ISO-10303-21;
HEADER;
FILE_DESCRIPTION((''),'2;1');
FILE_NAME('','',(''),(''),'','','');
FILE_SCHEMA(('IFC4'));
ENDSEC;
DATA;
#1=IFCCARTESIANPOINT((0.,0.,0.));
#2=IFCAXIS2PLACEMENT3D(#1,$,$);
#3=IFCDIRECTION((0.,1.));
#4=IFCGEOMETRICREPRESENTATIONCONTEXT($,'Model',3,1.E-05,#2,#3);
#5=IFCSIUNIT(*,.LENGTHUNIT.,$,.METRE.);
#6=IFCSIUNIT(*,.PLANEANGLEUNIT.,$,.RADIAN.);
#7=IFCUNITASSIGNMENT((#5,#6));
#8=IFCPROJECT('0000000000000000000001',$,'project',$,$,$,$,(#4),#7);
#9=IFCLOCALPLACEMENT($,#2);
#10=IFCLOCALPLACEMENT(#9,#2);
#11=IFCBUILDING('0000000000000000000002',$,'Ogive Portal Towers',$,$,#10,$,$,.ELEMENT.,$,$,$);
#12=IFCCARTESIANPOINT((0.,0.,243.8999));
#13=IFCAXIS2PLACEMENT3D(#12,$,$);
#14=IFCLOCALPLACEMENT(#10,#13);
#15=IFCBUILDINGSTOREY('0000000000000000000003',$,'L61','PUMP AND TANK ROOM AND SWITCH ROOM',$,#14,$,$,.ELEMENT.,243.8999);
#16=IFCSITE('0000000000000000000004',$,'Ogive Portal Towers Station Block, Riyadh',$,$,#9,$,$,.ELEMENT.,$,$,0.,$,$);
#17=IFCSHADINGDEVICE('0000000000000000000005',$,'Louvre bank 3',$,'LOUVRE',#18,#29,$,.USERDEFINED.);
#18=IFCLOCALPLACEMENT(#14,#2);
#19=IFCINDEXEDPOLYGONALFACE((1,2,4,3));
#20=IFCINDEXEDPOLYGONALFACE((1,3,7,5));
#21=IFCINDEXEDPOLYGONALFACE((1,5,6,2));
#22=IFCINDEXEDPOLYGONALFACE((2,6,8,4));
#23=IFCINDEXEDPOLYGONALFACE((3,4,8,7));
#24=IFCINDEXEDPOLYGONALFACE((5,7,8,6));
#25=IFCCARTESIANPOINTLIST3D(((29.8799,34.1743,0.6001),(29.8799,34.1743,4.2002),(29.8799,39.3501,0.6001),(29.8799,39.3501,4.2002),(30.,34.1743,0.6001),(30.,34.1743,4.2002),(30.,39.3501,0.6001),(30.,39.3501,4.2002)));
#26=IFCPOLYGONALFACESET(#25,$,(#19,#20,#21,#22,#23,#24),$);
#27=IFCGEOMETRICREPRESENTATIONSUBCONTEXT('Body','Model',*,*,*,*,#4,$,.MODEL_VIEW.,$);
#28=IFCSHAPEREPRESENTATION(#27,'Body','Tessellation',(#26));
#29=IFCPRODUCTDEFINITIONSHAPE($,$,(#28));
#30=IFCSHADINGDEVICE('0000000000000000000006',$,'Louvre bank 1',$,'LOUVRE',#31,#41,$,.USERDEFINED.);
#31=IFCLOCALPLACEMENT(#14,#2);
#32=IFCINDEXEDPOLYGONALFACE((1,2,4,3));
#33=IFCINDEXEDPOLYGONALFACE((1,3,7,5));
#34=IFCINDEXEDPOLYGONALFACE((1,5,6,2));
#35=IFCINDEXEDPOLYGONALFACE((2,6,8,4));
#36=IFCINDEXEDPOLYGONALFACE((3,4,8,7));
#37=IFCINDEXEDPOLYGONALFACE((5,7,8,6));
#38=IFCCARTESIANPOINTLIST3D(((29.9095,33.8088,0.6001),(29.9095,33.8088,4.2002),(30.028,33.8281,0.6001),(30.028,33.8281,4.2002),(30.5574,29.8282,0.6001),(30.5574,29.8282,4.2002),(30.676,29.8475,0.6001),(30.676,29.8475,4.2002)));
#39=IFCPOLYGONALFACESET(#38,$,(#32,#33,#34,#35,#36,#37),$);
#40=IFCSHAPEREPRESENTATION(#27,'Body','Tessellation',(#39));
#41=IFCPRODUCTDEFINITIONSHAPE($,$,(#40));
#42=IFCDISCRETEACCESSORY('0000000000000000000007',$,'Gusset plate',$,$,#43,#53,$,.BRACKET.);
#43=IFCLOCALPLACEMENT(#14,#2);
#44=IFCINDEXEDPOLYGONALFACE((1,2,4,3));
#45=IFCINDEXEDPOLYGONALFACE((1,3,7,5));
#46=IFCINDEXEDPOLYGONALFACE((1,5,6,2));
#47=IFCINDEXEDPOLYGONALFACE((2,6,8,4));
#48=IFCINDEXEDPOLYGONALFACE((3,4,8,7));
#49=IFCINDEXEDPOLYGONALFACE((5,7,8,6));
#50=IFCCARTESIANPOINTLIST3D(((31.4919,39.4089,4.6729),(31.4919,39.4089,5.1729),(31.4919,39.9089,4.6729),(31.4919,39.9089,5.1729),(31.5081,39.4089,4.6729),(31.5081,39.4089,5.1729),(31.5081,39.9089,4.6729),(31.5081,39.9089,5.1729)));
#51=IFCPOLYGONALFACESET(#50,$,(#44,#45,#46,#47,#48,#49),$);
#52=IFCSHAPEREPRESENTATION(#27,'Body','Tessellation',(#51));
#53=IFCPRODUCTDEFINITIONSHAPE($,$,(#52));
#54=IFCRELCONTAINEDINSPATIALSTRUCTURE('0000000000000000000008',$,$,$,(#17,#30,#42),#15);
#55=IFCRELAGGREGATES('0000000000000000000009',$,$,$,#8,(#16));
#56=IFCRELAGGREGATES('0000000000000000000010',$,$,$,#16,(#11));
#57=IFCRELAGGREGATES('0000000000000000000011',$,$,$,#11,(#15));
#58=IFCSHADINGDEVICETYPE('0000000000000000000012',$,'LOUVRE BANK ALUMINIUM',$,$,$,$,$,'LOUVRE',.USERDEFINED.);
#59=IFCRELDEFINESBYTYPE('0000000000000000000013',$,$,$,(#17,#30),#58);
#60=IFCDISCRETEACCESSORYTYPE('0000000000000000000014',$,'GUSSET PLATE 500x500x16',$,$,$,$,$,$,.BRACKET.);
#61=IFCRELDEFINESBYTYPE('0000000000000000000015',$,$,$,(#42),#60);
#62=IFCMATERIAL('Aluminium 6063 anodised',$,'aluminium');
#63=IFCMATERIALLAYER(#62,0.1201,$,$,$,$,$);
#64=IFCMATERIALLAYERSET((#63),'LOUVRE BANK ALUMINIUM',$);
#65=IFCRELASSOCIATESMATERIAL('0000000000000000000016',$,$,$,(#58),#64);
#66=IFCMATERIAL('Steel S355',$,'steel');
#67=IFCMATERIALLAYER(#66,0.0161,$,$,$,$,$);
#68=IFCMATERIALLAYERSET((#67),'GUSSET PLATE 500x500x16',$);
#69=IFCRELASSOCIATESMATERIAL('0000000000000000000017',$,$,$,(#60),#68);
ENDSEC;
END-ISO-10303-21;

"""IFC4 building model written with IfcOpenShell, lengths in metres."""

from ifc_helpers import new_model, si_unit, direction, frame, origin, origin_2d, place, context, subcontext, project, spatial, rectangle, extrude, material, layer, layer_set, type_object, element, save


model = new_model("IFC4")

# Units and contexts
model_context = context("Model", 3, precision=1e-05, world=origin(), true_north=direction((0.0, 1.0)))
body_context = subcontext(model_context, "Body", "Model", "MODEL_VIEW")
ifc_project = project(units=[si_unit("LENGTHUNIT", "METRE"), si_unit("PLANEANGLEUNIT", "RADIAN")], contexts=[model_context])

# Site, building, storey
site_placement = place(None, origin())
site = spatial("IfcSite", under=ifc_project, at=site_placement, Name="Ogive Portal Towers Station Block, Riyadh", CompositionType="ELEMENT", RefElevation=0.0)
building_placement = place(site_placement, origin())
building = spatial("IfcBuilding", under=site, at=building_placement, Name="Ogive Portal Towers", CompositionType="ELEMENT")
storey_placement = place(building_placement, frame((0.0, 0.0, 243.8999)))
storey = spatial("IfcBuildingStorey", under=building, at=storey_placement, Name="L61", Description="PUMP AND TANK ROOM AND SWITCH ROOM", CompositionType="ELEMENT", Elevation=243.8999)

# Shading devices
ifc_material_1 = material(Name="Aluminium 6063 anodised", Category="aluminium")
ifc_layer_1 = layer(ifc_material_1, 0.1201)
ifc_layer_set_1 = layer_set([ifc_layer_1], Name="LOUVRE BANK ALUMINIUM")
shading_device_type = type_object("IfcShadingDeviceType", Name="LOUVRE BANK ALUMINIUM", ElementType="LOUVRE", PredefinedType="USERDEFINED", material=ifc_layer_set_1)
shading_device_1_placement = place(storey_placement, frame((29.9399, 36.7622, 0.6001), z_axis=(0.0, 0.0, 1.0), x_axis=(0.0, -1.0, 0.0)))
element("IfcShadingDevice", 1, at=shading_device_1_placement, inside=storey, type_object=shading_device_type, Name="Louvre bank 3", ObjectType="LOUVRE", PredefinedType="USERDEFINED", context=body_context, shape_type="SweptSolid", body=[
    extrude(rectangle(XDim=5.1758, YDim=0.1201, at=origin_2d()), origin(), (0.0, 0.0, 1.0), 3.6001),
])
shading_device_2_placement = place(storey_placement, frame((30.2927, 31.8281, 0.6001), z_axis=(0.0, 0.0, 1.0), x_axis=(0.160655, -0.987011, 0.0)))
element("IfcShadingDevice", 2, at=shading_device_2_placement, inside=storey, type_object=shading_device_type, Name="Louvre bank 1", ObjectType="LOUVRE", PredefinedType="USERDEFINED", context=body_context, shape_type="SweptSolid", body=[
    extrude(rectangle(XDim=4.033, YDim=0.1201, at=origin_2d()), origin(), (0.0, 0.0, 1.0), 3.6001),
])

# Discrete accessory
ifc_material_2 = material(Name="Steel S355", Category="steel")
ifc_layer_2 = layer(ifc_material_2, 0.0161)
ifc_layer_set_2 = layer_set([ifc_layer_2], Name="GUSSET PLATE 500x500x16")
discrete_accessory_type = type_object("IfcDiscreteAccessoryType", Name="GUSSET PLATE 500x500x16", PredefinedType="BRACKET", material=ifc_layer_set_2)
discrete_accessory_placement = place(storey_placement, frame((31.5, 39.6589, 4.6729), z_axis=(0.0, 0.0, 1.0), x_axis=(0.0, -1.0, 0.0)))
element("IfcDiscreteAccessory", 3, at=discrete_accessory_placement, inside=storey, type_object=discrete_accessory_type, Name="Gusset plate", PredefinedType="BRACKET", context=body_context, shape_type="SweptSolid", body=[
    extrude(rectangle(XDim=0.5, YDim=0.0161, at=origin_2d()), origin(), (0.0, 0.0, 1.0), 0.5),
])

save(model, "model.ifc")
